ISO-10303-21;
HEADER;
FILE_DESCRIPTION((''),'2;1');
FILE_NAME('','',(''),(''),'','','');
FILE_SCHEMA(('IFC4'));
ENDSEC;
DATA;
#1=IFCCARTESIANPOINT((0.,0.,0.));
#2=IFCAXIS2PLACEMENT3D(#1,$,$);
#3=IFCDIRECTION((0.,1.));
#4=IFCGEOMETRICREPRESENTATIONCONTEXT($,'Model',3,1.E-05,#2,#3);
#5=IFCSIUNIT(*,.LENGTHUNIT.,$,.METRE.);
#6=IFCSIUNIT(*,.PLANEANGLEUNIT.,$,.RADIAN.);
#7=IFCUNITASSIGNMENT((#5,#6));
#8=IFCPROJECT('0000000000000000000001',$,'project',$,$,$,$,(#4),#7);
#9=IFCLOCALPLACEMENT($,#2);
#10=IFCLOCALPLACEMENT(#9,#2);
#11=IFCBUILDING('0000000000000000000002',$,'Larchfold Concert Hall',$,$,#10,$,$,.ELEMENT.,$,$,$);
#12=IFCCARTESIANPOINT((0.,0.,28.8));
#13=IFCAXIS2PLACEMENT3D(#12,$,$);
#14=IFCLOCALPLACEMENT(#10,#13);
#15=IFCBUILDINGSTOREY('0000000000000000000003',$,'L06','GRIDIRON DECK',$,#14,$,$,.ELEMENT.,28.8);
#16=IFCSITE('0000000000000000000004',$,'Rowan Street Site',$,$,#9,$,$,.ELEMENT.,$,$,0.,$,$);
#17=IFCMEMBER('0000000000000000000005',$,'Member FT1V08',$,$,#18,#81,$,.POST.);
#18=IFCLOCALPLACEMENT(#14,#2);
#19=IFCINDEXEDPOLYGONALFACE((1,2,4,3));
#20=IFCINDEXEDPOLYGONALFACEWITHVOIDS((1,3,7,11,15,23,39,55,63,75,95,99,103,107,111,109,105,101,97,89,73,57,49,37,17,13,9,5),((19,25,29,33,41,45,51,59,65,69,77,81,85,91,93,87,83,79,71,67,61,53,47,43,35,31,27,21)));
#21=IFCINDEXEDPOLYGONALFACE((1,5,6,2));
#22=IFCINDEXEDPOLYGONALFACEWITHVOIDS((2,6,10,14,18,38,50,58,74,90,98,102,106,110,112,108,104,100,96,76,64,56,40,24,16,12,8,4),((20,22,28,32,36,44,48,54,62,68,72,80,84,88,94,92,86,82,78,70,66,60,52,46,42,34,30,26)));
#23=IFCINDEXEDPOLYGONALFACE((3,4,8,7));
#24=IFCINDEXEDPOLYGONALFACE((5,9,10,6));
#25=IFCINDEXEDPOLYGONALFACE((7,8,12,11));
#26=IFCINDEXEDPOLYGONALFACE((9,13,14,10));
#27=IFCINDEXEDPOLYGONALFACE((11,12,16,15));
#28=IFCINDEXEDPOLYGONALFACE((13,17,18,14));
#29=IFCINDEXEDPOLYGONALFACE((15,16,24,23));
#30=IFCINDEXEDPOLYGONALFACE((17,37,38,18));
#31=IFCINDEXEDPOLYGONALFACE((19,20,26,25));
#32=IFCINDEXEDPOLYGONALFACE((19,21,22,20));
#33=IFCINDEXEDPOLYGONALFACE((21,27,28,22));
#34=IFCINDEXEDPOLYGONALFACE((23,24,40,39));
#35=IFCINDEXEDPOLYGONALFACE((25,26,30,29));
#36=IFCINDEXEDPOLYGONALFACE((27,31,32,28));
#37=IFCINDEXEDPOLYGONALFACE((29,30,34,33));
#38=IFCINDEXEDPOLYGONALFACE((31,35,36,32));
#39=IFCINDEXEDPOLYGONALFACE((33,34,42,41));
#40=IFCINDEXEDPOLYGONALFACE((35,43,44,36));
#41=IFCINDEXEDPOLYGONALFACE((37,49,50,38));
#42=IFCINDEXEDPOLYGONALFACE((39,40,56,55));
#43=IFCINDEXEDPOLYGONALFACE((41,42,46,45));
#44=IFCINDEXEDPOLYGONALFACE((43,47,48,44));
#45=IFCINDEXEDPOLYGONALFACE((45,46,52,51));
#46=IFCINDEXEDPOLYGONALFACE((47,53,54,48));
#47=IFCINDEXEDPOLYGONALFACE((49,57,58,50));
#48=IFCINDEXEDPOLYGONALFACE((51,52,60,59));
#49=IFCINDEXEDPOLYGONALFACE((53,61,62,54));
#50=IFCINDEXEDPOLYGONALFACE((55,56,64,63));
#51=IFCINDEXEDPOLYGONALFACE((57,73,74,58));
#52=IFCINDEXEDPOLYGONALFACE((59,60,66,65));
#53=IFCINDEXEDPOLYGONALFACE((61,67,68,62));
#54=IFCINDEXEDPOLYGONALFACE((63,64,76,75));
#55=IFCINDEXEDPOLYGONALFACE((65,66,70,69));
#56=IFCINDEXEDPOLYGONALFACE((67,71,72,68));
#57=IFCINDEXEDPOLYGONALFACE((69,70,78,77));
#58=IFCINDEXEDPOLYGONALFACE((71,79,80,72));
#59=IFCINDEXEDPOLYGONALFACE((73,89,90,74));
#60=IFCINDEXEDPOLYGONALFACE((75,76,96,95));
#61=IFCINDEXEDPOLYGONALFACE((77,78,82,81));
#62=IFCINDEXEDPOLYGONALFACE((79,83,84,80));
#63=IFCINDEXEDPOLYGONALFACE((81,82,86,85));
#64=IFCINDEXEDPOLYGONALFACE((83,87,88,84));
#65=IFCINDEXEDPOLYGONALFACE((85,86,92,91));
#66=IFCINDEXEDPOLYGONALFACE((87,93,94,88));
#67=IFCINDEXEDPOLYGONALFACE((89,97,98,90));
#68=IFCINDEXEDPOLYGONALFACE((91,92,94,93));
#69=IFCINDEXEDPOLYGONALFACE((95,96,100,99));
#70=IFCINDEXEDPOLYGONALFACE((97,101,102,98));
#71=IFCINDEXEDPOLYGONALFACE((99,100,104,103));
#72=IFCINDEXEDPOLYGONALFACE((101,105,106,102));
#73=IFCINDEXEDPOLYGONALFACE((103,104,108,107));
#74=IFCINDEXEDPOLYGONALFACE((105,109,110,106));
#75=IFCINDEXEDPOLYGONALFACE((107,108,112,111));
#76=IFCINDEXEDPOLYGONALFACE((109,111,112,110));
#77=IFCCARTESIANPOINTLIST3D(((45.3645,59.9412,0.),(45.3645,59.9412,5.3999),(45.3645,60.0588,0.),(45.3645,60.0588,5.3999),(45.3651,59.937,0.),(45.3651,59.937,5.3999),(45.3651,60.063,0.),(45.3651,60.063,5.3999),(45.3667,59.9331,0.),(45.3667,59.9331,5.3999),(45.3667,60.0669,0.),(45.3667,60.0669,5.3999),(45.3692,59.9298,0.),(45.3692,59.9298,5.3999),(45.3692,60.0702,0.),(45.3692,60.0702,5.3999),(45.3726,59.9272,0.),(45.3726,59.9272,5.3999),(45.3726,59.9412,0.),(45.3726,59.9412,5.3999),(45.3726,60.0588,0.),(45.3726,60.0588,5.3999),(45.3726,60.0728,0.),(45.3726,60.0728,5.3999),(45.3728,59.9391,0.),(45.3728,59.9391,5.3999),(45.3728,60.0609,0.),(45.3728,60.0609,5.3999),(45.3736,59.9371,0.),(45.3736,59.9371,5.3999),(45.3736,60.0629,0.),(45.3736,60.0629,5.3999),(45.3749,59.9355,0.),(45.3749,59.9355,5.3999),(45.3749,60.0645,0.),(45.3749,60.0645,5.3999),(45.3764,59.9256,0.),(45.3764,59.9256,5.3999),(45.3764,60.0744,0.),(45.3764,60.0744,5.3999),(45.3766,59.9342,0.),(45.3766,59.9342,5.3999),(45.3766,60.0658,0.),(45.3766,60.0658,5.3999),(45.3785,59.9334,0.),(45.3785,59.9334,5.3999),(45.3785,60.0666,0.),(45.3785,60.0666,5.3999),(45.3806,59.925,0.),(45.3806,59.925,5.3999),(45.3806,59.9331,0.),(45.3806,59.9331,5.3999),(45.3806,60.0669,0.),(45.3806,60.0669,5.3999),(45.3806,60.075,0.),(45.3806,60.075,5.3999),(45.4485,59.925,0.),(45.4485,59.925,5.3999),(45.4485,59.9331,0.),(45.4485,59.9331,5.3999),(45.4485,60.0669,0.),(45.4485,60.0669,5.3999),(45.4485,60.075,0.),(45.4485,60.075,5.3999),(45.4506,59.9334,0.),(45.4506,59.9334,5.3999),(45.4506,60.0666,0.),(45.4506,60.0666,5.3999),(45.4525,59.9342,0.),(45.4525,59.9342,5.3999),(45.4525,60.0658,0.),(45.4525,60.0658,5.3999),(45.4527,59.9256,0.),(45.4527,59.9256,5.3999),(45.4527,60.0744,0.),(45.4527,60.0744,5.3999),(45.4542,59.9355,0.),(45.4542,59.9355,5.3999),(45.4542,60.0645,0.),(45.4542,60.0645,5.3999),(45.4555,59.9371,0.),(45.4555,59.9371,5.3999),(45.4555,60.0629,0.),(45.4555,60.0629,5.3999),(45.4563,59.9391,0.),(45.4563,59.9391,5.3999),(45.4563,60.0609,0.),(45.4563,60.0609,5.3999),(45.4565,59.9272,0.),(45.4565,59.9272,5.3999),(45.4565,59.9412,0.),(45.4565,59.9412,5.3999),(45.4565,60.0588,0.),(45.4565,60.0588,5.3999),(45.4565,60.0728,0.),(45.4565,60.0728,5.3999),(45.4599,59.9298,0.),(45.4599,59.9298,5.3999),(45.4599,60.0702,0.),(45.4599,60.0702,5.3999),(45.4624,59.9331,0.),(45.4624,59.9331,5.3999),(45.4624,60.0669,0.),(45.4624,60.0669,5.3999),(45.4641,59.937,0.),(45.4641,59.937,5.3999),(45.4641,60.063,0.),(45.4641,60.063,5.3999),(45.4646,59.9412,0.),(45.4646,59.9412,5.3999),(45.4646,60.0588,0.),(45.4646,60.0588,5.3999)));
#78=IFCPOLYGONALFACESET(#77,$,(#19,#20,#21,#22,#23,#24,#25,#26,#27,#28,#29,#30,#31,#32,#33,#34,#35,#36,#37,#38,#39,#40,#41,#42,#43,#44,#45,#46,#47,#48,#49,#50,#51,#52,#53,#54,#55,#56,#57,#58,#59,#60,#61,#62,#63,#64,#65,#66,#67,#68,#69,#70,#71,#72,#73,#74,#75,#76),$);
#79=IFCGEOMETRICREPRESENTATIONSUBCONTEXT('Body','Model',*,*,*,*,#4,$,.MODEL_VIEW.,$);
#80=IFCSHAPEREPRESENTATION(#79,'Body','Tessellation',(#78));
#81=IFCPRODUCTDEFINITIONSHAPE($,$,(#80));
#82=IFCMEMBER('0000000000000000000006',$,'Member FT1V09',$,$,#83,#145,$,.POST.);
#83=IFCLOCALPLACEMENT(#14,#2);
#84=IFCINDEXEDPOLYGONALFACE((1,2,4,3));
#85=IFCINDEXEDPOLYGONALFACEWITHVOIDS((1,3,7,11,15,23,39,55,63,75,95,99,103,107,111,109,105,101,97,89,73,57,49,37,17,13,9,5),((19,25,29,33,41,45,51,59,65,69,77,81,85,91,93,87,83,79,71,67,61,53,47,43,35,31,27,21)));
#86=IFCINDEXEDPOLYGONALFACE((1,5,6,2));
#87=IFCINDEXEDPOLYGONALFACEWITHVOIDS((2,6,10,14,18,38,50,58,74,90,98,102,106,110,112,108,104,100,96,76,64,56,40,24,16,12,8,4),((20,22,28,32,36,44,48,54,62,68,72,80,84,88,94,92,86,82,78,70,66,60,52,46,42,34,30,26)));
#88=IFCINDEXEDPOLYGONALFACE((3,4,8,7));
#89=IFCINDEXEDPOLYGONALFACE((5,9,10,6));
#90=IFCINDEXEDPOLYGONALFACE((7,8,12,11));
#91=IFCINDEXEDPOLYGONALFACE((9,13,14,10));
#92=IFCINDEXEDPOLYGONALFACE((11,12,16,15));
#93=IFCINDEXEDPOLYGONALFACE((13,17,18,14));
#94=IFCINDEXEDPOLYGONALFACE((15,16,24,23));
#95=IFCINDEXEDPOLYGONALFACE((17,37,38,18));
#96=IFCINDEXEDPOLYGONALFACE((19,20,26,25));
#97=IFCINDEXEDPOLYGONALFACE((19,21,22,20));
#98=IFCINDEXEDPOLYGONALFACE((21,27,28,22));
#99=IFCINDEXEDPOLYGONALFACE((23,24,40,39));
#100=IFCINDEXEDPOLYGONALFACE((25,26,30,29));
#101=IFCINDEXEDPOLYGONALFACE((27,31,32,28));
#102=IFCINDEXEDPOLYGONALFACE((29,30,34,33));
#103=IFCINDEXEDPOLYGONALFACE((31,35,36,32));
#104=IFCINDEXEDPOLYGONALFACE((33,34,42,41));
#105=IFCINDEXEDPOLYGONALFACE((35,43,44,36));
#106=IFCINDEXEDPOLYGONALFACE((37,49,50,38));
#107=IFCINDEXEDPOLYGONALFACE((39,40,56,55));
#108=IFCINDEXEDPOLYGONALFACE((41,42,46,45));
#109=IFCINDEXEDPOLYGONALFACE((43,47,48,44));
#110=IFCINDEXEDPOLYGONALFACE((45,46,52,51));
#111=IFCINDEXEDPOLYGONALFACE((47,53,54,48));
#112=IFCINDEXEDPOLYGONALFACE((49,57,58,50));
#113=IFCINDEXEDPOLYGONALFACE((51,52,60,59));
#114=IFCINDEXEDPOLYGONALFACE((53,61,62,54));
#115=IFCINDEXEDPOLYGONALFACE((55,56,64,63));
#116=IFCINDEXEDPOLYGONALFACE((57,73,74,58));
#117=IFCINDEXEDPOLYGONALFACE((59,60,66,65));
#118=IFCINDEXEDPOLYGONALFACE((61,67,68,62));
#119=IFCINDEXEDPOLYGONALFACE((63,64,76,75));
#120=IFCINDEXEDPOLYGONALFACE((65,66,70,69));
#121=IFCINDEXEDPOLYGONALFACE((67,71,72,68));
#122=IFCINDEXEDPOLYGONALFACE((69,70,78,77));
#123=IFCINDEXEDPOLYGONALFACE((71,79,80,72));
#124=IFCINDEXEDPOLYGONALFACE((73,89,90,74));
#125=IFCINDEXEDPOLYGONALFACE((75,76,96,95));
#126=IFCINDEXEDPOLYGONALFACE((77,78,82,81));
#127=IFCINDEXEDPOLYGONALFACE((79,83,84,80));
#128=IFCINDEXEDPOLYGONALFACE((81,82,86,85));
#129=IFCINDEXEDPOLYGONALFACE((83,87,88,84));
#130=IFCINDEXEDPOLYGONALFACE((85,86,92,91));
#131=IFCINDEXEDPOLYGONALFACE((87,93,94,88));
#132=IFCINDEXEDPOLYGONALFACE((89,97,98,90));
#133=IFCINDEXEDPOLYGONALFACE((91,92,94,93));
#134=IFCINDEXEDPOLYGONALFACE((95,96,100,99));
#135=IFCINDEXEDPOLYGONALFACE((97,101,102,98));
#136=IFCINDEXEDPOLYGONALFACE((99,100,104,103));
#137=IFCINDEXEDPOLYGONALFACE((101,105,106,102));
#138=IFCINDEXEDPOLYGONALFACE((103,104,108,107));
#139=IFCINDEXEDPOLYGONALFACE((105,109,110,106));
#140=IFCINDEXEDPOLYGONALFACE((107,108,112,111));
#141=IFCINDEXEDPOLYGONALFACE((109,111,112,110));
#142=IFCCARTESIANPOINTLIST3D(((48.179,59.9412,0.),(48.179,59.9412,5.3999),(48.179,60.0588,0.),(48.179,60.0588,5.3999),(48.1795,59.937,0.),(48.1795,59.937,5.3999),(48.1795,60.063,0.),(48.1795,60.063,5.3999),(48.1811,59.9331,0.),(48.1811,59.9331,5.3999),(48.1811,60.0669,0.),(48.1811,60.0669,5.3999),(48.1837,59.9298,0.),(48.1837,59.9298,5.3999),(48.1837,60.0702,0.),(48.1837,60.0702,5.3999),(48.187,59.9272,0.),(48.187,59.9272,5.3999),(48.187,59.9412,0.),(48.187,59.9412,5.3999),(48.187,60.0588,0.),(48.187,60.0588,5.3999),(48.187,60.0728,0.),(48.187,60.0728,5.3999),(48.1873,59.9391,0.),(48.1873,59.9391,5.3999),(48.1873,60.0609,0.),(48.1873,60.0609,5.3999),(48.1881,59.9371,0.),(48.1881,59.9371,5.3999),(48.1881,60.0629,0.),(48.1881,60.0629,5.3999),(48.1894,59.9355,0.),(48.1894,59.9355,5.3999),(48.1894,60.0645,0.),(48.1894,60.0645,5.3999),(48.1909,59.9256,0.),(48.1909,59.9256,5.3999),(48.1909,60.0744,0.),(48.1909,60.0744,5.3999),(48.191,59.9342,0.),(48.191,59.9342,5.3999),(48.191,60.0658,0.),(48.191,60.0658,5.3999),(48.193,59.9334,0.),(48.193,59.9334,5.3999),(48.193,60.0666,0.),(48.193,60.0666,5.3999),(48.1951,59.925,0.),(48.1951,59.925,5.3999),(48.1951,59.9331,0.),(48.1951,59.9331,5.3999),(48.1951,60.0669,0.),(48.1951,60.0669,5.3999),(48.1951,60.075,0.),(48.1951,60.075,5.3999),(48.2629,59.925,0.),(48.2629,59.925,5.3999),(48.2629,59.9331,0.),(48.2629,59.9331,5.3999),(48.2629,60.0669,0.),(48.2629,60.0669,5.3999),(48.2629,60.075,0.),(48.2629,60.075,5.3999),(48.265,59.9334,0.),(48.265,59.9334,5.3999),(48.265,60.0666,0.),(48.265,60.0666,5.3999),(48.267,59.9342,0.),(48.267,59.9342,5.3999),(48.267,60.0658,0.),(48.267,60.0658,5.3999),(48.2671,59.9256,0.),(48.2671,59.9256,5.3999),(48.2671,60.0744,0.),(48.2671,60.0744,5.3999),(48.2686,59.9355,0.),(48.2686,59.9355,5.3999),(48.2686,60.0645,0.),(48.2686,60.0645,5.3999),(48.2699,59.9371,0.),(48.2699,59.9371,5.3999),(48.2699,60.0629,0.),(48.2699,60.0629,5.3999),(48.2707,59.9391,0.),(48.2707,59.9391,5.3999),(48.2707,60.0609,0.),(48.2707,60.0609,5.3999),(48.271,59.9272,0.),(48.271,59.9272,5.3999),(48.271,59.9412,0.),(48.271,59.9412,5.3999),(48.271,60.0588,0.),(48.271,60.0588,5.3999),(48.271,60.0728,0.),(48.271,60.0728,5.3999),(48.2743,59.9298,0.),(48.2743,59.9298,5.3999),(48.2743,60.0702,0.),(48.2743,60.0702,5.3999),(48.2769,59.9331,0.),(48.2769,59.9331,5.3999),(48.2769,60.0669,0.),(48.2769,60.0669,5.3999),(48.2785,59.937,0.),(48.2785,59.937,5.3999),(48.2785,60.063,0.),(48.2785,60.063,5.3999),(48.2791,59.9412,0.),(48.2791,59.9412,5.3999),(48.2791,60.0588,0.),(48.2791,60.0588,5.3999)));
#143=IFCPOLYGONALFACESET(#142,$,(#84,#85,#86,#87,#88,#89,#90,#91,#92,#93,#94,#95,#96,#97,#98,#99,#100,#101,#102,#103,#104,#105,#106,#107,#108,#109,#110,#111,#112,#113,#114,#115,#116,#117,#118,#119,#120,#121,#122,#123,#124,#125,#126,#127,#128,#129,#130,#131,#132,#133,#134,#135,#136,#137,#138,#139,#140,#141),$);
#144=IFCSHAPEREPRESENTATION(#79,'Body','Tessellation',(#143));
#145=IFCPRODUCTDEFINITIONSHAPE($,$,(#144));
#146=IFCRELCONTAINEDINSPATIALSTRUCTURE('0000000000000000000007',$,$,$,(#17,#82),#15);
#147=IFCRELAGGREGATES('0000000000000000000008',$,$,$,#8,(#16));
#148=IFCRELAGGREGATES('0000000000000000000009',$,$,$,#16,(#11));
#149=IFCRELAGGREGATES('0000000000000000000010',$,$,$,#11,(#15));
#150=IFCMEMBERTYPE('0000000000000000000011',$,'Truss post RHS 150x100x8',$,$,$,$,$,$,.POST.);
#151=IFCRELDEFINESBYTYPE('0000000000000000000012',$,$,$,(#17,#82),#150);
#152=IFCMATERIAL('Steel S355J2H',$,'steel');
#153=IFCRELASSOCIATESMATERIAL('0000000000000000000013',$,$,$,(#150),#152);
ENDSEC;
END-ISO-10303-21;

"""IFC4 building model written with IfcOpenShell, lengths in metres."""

from ifc_helpers import new_model, si_unit, direction, frame, origin, origin_2d, place, context, subcontext, project, spatial, hollow_rectangle, extrude, material, material_profile, profile_set, type_object, element, save


model = new_model("IFC4")

# Units and contexts
model_context = context("Model", 3, precision=1e-05, world=origin(), true_north=direction((0.0, 1.0)))
body_context = subcontext(model_context, "Body", "Model", "MODEL_VIEW")
ifc_project = project(units=[si_unit("LENGTHUNIT", "METRE"), si_unit("PLANEANGLEUNIT", "RADIAN")], contexts=[model_context])

# Site, building, storey
site_placement = place(None, origin())
site = spatial("IfcSite", under=ifc_project, at=site_placement, Name="Rowan Street Site", CompositionType="ELEMENT", RefElevation=0.0)
building_placement = place(site_placement, origin())
building = spatial("IfcBuilding", under=site, at=building_placement, Name="Larchfold Concert Hall", CompositionType="ELEMENT")
storey_placement = place(building_placement, frame((0.0, 0.0, 28.8)))
storey = spatial("IfcBuildingStorey", under=building, at=storey_placement, Name="L06", Description="GRIDIRON DECK", CompositionType="ELEMENT", Elevation=28.8)

# Members
ifc_material_1 = material(Name="Steel S355J2H", Category="steel")
ifc_material_profile_1 = material_profile(ifc_material_1, hollow_rectangle(XDim=0.1001, YDim=0.1499, WallThickness=0.0081, InnerFilletRadius=0.0081, OuterFilletRadius=0.0161, at=origin_2d()))
ifc_profile_set_1 = profile_set([ifc_material_profile_1], Name="Steel S355J2H")
member_type_1 = type_object("IfcMemberType", Name="Truss post RHS 150x100x8", PredefinedType="POST", material=ifc_profile_set_1)
for number, where, z_axis, x_axis, name in (
    (1, (45.4146, 60.0, 5.3999), (0.0, 0.0, -1.0), (1.0, 0.0, 0.0), "Member FT1V08"),
    (2, (48.229, 60.0, 5.3999), (0.0, 0.0, -1.0), (1.0, 0.0, 0.0), "Member FT1V09"),
):
    element("IfcMember", number, at=place(storey_placement, frame(where, z_axis=z_axis, x_axis=x_axis)), inside=storey, type_object=member_type_1, Name=name, PredefinedType="POST", context=body_context, shape_type="SweptSolid", body=[
        extrude(hollow_rectangle(XDim=0.1001, YDim=0.1499, WallThickness=0.0081, InnerFilletRadius=0.0081, OuterFilletRadius=0.0161, at=origin_2d()), origin(), (0.0, 0.0, 1.0), 5.3999),
    ])

save(model, "model.ifc")
